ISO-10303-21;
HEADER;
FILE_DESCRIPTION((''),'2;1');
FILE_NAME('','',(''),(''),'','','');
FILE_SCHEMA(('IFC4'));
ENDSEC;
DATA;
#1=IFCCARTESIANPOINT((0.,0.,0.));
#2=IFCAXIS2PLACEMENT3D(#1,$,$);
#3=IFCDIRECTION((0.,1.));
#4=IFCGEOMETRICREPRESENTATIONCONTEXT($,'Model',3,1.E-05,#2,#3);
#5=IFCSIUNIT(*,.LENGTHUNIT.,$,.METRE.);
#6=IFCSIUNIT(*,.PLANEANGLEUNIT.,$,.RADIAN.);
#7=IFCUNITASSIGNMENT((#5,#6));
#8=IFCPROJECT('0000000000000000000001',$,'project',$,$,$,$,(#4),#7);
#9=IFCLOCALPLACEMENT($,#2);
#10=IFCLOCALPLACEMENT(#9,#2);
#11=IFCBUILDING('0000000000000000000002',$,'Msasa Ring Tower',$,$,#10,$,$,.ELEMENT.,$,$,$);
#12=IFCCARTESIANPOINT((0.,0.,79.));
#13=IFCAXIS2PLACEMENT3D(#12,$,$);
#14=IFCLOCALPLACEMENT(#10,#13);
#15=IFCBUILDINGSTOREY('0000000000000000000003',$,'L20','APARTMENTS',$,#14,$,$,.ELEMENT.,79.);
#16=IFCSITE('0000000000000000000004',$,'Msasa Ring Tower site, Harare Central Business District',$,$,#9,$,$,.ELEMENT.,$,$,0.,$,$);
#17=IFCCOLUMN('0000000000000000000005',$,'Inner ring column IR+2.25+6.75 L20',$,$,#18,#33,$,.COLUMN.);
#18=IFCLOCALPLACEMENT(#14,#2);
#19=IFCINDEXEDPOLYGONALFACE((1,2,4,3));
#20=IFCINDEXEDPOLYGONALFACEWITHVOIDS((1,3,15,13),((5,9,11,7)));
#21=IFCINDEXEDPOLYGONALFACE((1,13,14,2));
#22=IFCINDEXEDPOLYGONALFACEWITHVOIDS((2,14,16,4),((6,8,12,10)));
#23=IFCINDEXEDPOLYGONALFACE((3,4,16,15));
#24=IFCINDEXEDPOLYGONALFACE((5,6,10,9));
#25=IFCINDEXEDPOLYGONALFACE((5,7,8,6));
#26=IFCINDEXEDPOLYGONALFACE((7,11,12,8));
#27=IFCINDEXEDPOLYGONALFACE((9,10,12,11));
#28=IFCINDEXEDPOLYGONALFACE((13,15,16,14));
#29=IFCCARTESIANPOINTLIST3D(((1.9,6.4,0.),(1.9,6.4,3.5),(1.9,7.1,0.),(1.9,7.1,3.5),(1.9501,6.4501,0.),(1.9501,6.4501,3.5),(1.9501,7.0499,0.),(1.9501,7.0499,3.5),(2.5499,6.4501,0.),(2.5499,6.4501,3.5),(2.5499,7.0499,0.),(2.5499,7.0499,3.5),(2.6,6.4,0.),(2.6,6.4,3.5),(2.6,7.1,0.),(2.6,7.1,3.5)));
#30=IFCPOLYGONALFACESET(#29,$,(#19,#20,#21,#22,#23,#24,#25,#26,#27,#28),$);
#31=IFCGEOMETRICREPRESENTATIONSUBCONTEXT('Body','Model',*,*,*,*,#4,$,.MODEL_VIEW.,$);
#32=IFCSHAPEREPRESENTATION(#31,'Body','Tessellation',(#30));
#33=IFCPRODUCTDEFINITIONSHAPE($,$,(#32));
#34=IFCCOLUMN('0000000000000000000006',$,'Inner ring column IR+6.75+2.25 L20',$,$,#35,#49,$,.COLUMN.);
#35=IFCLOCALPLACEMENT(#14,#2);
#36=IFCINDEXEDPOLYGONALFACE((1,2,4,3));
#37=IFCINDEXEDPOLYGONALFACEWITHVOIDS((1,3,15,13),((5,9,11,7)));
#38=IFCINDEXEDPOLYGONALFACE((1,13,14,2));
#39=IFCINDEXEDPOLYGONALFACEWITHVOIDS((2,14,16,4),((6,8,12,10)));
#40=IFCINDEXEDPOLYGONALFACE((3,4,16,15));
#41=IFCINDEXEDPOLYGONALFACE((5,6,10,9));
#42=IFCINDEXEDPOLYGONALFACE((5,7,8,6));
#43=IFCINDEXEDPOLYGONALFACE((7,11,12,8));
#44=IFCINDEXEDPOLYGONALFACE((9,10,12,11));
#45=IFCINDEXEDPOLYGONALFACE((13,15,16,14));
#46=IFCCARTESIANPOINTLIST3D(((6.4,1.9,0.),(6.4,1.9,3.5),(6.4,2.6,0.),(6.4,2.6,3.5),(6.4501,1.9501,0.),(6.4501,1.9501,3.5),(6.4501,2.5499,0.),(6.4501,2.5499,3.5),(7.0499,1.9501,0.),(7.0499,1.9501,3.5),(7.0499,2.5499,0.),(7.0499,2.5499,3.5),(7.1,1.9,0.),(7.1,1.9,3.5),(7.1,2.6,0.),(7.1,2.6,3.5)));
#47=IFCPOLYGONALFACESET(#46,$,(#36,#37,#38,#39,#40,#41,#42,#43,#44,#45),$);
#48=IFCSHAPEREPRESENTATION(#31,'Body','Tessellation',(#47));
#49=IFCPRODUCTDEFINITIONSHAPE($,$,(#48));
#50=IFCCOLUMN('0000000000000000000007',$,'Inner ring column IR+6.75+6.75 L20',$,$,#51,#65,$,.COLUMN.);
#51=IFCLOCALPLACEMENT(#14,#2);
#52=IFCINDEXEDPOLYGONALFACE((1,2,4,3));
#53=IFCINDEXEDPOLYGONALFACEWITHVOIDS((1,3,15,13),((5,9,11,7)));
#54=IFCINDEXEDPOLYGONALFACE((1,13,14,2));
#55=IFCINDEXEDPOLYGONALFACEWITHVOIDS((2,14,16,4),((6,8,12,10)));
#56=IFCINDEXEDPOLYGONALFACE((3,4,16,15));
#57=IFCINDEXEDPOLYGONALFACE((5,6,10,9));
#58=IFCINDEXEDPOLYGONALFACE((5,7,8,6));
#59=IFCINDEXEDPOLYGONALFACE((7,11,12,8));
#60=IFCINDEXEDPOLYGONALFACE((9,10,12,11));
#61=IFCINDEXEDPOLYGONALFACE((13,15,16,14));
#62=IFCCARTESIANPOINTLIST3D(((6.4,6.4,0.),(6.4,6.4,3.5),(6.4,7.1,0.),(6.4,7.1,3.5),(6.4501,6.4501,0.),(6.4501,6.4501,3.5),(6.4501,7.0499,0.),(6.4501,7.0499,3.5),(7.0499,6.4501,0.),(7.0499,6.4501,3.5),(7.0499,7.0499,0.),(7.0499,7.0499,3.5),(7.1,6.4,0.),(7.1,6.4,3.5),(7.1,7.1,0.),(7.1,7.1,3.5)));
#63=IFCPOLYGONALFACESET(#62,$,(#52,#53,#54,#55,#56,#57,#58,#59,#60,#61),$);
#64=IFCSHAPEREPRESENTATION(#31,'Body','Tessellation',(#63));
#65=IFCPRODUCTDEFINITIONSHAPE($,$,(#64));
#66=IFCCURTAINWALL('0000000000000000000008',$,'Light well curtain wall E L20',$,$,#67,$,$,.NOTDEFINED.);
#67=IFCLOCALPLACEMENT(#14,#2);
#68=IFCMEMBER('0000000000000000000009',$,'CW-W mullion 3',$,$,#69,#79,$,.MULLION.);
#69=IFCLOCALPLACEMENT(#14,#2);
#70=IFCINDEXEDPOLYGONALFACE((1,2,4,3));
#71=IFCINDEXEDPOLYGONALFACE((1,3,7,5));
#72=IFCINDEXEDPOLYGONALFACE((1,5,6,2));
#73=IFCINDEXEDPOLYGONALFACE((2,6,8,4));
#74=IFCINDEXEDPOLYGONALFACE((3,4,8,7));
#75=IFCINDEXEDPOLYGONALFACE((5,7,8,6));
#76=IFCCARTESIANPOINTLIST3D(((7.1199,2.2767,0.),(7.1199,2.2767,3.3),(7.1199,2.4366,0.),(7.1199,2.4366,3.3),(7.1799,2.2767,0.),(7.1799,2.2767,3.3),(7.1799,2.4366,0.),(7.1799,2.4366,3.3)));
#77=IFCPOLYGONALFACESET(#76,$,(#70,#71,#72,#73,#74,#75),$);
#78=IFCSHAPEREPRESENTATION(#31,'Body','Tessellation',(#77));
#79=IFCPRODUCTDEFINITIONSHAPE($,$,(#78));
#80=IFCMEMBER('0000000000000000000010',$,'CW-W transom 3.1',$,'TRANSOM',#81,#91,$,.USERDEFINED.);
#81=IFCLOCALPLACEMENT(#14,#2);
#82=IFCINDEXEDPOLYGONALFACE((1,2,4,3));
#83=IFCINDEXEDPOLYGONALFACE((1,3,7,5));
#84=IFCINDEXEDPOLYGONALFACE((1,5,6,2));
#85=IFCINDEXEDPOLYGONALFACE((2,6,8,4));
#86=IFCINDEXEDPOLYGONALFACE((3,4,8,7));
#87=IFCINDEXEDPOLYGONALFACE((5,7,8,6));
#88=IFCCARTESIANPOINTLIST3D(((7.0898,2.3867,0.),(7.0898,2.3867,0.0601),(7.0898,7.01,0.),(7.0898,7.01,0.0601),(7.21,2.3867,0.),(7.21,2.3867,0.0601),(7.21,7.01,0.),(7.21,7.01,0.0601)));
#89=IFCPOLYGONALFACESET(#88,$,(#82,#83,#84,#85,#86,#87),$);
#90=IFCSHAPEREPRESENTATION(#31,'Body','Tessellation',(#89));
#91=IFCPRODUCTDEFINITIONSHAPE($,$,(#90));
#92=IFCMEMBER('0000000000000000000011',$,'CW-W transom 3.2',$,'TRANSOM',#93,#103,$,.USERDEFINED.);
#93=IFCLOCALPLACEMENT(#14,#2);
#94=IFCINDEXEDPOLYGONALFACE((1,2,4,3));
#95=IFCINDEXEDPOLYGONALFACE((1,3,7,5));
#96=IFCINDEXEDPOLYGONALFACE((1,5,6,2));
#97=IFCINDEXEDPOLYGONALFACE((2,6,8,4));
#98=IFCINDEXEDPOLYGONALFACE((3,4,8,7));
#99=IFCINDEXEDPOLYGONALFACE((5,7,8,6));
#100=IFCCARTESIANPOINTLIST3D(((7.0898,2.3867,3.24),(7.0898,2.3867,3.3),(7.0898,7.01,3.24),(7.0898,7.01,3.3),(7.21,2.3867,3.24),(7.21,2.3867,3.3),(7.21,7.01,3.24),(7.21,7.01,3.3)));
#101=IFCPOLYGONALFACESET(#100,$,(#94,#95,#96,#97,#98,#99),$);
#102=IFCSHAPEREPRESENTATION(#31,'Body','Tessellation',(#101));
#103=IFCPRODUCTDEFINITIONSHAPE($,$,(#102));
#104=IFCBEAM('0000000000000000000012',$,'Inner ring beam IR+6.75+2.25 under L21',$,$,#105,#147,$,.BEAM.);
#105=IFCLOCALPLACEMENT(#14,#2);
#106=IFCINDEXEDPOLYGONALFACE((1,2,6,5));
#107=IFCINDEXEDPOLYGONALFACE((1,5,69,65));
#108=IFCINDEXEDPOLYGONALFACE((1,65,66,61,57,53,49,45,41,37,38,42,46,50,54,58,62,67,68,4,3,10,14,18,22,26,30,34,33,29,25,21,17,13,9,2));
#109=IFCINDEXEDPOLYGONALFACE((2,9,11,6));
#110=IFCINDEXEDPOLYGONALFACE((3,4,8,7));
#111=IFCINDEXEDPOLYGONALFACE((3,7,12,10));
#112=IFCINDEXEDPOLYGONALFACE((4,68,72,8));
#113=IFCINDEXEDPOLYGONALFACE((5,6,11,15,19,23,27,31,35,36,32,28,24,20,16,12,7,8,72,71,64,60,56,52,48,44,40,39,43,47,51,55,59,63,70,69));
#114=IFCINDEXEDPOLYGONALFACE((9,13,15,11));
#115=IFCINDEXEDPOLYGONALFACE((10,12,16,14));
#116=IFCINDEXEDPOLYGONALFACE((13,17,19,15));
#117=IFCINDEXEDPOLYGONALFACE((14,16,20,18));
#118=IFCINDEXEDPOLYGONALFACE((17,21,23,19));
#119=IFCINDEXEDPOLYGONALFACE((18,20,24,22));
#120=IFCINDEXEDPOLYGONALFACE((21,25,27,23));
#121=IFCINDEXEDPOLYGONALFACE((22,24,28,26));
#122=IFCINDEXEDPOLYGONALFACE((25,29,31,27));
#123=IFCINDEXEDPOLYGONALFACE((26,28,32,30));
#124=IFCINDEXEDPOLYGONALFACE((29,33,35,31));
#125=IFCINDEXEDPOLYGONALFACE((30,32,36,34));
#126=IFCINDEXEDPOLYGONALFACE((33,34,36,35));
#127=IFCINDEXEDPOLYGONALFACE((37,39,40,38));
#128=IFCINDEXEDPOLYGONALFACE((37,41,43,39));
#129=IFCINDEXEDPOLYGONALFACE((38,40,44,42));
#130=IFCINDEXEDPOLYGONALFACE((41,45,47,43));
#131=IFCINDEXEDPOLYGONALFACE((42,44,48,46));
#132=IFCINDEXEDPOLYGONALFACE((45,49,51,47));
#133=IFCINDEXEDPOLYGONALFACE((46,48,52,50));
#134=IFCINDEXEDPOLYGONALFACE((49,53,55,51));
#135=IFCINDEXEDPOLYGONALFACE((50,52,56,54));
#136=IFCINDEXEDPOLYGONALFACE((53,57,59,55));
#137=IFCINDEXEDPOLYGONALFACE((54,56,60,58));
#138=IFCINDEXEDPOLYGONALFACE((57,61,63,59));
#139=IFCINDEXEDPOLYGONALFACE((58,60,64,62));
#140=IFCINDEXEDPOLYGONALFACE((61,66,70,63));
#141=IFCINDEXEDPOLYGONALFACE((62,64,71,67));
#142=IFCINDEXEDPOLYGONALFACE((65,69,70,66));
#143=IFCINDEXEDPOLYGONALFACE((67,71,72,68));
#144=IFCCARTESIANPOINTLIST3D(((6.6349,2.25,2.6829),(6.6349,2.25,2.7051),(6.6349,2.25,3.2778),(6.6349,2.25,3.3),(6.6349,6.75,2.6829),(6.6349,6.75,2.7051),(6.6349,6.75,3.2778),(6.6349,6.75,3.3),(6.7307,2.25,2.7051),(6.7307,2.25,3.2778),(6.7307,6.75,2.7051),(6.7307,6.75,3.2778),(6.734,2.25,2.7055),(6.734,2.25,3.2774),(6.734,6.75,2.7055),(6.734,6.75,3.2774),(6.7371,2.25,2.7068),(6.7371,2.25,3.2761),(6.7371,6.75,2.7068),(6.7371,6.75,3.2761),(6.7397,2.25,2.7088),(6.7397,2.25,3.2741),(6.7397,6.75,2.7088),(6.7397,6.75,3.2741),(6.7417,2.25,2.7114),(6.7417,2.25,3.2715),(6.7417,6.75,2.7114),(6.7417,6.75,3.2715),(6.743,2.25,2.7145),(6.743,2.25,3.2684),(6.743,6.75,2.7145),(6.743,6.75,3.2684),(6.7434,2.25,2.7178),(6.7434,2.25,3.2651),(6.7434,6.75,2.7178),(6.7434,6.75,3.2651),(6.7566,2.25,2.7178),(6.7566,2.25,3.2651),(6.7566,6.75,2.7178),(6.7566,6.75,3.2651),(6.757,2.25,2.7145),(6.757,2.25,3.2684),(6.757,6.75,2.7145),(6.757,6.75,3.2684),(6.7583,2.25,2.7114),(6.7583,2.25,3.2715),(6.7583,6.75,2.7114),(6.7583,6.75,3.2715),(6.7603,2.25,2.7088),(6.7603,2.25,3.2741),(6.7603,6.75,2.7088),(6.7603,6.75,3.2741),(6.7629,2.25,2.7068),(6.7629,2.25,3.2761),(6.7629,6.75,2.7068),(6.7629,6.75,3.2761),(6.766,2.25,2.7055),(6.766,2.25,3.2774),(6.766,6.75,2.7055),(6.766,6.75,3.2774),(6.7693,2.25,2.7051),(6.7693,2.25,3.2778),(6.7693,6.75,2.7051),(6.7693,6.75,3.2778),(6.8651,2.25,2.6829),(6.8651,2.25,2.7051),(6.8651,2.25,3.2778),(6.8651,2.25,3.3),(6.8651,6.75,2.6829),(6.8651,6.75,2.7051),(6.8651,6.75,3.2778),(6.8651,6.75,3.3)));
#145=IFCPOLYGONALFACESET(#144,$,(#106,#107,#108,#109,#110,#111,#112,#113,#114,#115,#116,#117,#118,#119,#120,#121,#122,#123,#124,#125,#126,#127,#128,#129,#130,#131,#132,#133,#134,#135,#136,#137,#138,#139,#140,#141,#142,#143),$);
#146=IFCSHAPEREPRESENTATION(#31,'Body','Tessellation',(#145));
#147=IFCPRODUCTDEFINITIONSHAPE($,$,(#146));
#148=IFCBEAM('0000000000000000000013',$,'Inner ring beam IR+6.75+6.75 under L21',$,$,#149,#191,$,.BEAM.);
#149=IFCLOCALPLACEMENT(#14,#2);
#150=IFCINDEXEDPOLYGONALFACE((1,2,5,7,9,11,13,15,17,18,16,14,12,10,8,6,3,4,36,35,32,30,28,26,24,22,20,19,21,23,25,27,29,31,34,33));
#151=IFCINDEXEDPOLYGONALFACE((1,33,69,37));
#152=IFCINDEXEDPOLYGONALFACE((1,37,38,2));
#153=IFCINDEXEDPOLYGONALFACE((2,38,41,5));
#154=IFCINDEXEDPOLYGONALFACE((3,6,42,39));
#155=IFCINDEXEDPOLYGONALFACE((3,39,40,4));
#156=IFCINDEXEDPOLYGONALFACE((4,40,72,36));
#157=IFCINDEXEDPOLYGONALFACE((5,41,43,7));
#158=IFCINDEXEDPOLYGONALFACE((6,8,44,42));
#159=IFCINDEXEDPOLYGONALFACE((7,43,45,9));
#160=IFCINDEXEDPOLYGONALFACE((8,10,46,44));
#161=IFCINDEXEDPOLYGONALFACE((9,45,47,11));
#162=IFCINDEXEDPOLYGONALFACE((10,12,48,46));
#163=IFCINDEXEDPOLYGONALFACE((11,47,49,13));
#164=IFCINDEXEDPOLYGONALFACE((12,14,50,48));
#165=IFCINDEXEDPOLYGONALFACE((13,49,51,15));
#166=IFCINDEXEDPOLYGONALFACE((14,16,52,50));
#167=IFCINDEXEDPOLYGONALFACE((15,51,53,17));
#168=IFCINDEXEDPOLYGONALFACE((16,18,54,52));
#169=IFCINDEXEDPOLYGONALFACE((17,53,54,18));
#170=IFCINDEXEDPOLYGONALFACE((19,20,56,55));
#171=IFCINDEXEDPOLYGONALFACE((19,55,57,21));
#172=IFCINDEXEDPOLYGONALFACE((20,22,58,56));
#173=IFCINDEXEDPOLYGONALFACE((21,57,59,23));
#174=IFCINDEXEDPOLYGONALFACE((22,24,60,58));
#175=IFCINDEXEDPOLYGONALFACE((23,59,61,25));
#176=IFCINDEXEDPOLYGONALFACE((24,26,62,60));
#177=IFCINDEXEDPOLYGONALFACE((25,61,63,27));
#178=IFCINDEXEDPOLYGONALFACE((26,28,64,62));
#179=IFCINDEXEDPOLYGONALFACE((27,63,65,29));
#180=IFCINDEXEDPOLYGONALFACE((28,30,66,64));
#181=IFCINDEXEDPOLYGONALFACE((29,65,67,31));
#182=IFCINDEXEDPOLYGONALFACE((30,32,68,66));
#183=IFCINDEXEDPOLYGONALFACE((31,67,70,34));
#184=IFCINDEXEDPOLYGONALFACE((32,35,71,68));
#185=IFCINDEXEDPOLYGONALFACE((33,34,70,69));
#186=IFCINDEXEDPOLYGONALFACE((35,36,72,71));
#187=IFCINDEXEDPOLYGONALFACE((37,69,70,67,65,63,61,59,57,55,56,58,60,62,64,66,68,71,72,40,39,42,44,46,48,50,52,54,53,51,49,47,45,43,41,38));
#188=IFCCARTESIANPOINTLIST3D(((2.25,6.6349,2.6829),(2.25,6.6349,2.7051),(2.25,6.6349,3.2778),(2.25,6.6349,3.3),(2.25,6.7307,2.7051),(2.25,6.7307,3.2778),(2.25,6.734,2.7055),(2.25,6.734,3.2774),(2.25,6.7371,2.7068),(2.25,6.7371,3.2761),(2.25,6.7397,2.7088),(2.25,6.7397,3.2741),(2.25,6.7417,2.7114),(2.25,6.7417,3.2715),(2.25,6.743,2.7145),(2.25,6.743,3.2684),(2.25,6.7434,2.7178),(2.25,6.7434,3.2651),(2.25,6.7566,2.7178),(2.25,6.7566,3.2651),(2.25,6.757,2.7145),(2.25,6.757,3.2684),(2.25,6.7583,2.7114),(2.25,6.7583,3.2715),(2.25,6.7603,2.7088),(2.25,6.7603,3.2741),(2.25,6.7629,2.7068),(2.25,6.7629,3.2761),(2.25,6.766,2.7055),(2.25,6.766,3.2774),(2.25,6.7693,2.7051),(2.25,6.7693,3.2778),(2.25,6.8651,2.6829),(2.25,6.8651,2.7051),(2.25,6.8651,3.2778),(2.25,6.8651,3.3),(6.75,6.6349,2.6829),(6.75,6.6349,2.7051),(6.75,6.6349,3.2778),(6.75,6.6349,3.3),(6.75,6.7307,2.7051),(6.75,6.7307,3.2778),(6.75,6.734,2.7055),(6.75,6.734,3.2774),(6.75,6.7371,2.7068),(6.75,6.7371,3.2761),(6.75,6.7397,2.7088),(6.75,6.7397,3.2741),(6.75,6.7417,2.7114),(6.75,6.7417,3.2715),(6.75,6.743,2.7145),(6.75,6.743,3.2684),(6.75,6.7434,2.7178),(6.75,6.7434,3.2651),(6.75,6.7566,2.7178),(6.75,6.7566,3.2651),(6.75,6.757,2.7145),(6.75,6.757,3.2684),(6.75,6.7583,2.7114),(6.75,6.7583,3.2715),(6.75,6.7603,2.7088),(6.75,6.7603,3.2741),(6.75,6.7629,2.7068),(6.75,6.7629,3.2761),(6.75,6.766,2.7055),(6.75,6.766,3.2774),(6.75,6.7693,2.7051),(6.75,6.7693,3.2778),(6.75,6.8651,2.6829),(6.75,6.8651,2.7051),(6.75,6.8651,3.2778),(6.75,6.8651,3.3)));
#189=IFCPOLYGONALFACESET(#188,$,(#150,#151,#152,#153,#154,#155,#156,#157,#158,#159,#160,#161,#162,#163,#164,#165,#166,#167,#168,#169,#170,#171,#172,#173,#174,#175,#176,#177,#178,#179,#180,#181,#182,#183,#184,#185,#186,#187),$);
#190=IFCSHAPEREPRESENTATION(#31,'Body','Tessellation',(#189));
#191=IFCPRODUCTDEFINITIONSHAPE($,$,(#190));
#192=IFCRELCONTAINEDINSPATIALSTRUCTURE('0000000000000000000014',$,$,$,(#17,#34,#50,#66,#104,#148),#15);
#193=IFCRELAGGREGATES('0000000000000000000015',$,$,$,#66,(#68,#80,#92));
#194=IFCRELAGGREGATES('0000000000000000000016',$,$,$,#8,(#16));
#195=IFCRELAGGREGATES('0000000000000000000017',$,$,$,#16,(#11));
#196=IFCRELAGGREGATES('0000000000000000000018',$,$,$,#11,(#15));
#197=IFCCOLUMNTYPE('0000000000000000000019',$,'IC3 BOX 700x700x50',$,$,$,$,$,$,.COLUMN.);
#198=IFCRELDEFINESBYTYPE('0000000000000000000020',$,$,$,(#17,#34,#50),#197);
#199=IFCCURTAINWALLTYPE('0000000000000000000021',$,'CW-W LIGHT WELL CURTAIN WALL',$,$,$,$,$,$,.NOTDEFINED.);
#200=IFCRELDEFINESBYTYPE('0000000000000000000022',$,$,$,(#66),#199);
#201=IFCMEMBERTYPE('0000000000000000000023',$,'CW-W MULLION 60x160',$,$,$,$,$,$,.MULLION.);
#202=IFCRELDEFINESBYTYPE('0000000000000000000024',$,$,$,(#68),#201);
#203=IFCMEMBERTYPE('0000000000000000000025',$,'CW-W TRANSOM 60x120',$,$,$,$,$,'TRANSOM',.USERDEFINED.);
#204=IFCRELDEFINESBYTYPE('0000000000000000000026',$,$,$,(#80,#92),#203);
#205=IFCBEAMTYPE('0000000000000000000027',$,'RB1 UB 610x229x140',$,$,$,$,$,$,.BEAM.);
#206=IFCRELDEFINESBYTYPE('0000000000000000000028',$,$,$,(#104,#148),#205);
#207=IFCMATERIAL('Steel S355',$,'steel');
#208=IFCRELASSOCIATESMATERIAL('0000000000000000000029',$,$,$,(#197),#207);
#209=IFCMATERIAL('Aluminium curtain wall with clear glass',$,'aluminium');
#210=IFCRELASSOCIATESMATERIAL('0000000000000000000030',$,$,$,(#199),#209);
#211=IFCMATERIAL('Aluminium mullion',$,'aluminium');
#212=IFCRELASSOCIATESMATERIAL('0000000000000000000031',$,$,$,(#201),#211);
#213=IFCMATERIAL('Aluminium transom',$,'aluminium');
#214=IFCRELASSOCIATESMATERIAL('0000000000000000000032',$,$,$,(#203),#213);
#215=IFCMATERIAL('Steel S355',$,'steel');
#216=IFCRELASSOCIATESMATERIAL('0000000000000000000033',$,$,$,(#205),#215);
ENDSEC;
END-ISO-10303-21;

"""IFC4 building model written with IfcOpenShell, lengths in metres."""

from ifc_helpers import new_model, si_unit, direction, frame, origin, origin_2d, place, context, subcontext, project, spatial, rectangle, hollow_rectangle, i_section, extrude, material, material_profile, profile_set, type_object, element, aggregate, save


model = new_model("IFC4")

# Units and contexts
model_context = context("Model", 3, precision=1e-05, world=origin(), true_north=direction((0.0, 1.0)))
body_context = subcontext(model_context, "Body", "Model", "MODEL_VIEW")
ifc_project = project(units=[si_unit("LENGTHUNIT", "METRE"), si_unit("PLANEANGLEUNIT", "RADIAN")], contexts=[model_context])

# Site, building, storey
site_placement = place(None, origin())
site = spatial("IfcSite", under=ifc_project, at=site_placement, Name="Msasa Ring Tower site, Harare Central Business District", CompositionType="ELEMENT", RefElevation=0.0)
building_placement = place(site_placement, origin())
building = spatial("IfcBuilding", under=site, at=building_placement, Name="Msasa Ring Tower", CompositionType="ELEMENT")
storey_placement = place(building_placement, frame((0.0, 0.0, 79.0)))
storey = spatial("IfcBuildingStorey", under=building, at=storey_placement, Name="L20", Description="APARTMENTS", CompositionType="ELEMENT", Elevation=79.0)

# Columns
ifc_material_1 = material(Name="Steel S355", Category="steel")
ifc_material_profile_1 = material_profile(ifc_material_1, hollow_rectangle(XDim=0.7, YDim=0.7, WallThickness=0.05, at=origin_2d()), Name="BOX 700x700x50")
ifc_profile_set_1 = profile_set([ifc_material_profile_1], Name="Steel S355")
column_type = type_object("IfcColumnType", Name="IC3 BOX 700x700x50", PredefinedType="COLUMN", material=ifc_profile_set_1)
for number, where, z_axis, x_axis, name in (
    (1, (2.25, 6.75, 0.0), (0.0, 0.0, 1.0), (1.0, 0.0, 0.0), "Inner ring column IR+2.25+6.75 L20"),
    (2, (6.75, 2.25, 0.0), (0.0, 0.0, 1.0), (1.0, 0.0, 0.0), "Inner ring column IR+6.75+2.25 L20"),
    (3, (6.75, 6.75, 0.0), (0.0, 0.0, 1.0), (1.0, 0.0, 0.0), "Inner ring column IR+6.75+6.75 L20"),
):
    element("IfcColumn", number, at=place(storey_placement, frame(where, z_axis=z_axis, x_axis=x_axis)), inside=storey, type_object=column_type, Name=name, PredefinedType="COLUMN", context=body_context, shape_type="SweptSolid", body=[
        extrude(hollow_rectangle(XDim=0.7, YDim=0.7, WallThickness=0.05, at=origin_2d()), origin(), (0.0, 0.0, 1.0), 3.5),
    ])

# Curtain wall, members
ifc_material_2 = material(Name="Aluminium curtain wall with clear glass", Category="aluminium")
curtain_wall_type = type_object("IfcCurtainWallType", Name="CW-W LIGHT WELL CURTAIN WALL", PredefinedType="NOTDEFINED", material=ifc_material_2)
curtain_wall_placement = place(storey_placement, origin())
curtain_wall = element("IfcCurtainWall", 4, at=curtain_wall_placement, inside=storey, type_object=curtain_wall_type, Name="Light well curtain wall E L20", PredefinedType="NOTDEFINED")
ifc_material_3 = material(Name="Aluminium mullion", Category="aluminium")
ifc_material_profile_2 = material_profile(ifc_material_3, rectangle(XDim=0.0601, YDim=0.1599, at=origin_2d()), Name="AL 60x160")
ifc_profile_set_2 = profile_set([ifc_material_profile_2], Name="Aluminium mullion")
member_type_1 = type_object("IfcMemberType", Name="CW-W MULLION 60x160", PredefinedType="MULLION", material=ifc_profile_set_2)
member_1_placement = place(storey_placement, frame((7.1499, 2.3567, 0.0), z_axis=(0.0, 0.0, 1.0), x_axis=(-1.0, 0.0, 0.0)))
member_1 = element("IfcMember", 5, at=member_1_placement, type_object=member_type_1, Name="CW-W mullion 3", PredefinedType="MULLION", context=body_context, shape_type="SweptSolid", body=[
    extrude(rectangle(XDim=0.0601, YDim=0.1599, at=origin_2d()), origin(), (0.0, 0.0, 1.0), 3.3),
])
ifc_material_4 = material(Name="Aluminium transom", Category="aluminium")
ifc_material_profile_3 = material_profile(ifc_material_4, rectangle(XDim=0.1201, YDim=0.0601, at=origin_2d()), Name="AL 60x120")
ifc_profile_set_3 = profile_set([ifc_material_profile_3], Name="Aluminium transom")
member_type_2 = type_object("IfcMemberType", Name="CW-W TRANSOM 60x120", ElementType="TRANSOM", PredefinedType="USERDEFINED", material=ifc_profile_set_3)
member_2_placement = place(storey_placement, frame((7.1499, 2.3867, 0.03), z_axis=(0.0, 1.0, 0.0), x_axis=(-1.0, 0.0, 0.0)))
member_2 = element("IfcMember", 6, at=member_2_placement, type_object=member_type_2, Name="CW-W transom 3.1", ObjectType="TRANSOM", PredefinedType="USERDEFINED", context=body_context, shape_type="SweptSolid", body=[
    extrude(rectangle(XDim=0.1201, YDim=0.0601, at=origin_2d()), origin(), (0.0, 0.0, 1.0), 4.6233),
])
member_3_placement = place(storey_placement, frame((7.1499, 2.3867, 3.27), z_axis=(0.0, 1.0, 0.0), x_axis=(-1.0, 0.0, 0.0)))
member_3 = element("IfcMember", 7, at=member_3_placement, type_object=member_type_2, Name="CW-W transom 3.2", ObjectType="TRANSOM", PredefinedType="USERDEFINED", context=body_context, shape_type="SweptSolid", body=[
    extrude(rectangle(XDim=0.1201, YDim=0.0601, at=origin_2d()), origin(), (0.0, 0.0, 1.0), 4.6233),
])

# Beams
ifc_material_5 = material(Name="Steel S355", Category="steel")
ifc_material_profile_4 = material_profile(ifc_material_5, i_section(OverallWidth=0.2302, OverallDepth=0.6172, WebThickness=0.0132, FlangeThickness=0.0222, FilletRadius=0.0127, at=origin_2d()), Name="UB 610x229x140")
ifc_profile_set_4 = profile_set([ifc_material_profile_4], Name="Steel S355")
beam_type = type_object("IfcBeamType", Name="RB1 UB 610x229x140", PredefinedType="BEAM", material=ifc_profile_set_4)
for number, where, z_axis, x_axis, name in (
    (8, (6.75, 2.25, 2.9915), (0.0, 1.0, 0.0), (-1.0, 0.0, 0.0), "Inner ring beam IR+6.75+2.25 under L21"),
    (9, (6.75, 6.75, 2.9915), (-1.0, 0.0, 0.0), (0.0, -1.0, 0.0), "Inner ring beam IR+6.75+6.75 under L21"),
):
    element("IfcBeam", number, at=place(storey_placement, frame(where, z_axis=z_axis, x_axis=x_axis)), inside=storey, type_object=beam_type, Name=name, PredefinedType="BEAM", context=body_context, shape_type="SweptSolid", body=[
        extrude(i_section(OverallWidth=0.2302, OverallDepth=0.6172, WebThickness=0.0132, FlangeThickness=0.0222, FilletRadius=0.0127, at=origin_2d()), origin(), (0.0, 0.0, 1.0), 4.5),
    ])

aggregate(curtain_wall, [member_1, member_2, member_3])

save(model, "model.ifc")
